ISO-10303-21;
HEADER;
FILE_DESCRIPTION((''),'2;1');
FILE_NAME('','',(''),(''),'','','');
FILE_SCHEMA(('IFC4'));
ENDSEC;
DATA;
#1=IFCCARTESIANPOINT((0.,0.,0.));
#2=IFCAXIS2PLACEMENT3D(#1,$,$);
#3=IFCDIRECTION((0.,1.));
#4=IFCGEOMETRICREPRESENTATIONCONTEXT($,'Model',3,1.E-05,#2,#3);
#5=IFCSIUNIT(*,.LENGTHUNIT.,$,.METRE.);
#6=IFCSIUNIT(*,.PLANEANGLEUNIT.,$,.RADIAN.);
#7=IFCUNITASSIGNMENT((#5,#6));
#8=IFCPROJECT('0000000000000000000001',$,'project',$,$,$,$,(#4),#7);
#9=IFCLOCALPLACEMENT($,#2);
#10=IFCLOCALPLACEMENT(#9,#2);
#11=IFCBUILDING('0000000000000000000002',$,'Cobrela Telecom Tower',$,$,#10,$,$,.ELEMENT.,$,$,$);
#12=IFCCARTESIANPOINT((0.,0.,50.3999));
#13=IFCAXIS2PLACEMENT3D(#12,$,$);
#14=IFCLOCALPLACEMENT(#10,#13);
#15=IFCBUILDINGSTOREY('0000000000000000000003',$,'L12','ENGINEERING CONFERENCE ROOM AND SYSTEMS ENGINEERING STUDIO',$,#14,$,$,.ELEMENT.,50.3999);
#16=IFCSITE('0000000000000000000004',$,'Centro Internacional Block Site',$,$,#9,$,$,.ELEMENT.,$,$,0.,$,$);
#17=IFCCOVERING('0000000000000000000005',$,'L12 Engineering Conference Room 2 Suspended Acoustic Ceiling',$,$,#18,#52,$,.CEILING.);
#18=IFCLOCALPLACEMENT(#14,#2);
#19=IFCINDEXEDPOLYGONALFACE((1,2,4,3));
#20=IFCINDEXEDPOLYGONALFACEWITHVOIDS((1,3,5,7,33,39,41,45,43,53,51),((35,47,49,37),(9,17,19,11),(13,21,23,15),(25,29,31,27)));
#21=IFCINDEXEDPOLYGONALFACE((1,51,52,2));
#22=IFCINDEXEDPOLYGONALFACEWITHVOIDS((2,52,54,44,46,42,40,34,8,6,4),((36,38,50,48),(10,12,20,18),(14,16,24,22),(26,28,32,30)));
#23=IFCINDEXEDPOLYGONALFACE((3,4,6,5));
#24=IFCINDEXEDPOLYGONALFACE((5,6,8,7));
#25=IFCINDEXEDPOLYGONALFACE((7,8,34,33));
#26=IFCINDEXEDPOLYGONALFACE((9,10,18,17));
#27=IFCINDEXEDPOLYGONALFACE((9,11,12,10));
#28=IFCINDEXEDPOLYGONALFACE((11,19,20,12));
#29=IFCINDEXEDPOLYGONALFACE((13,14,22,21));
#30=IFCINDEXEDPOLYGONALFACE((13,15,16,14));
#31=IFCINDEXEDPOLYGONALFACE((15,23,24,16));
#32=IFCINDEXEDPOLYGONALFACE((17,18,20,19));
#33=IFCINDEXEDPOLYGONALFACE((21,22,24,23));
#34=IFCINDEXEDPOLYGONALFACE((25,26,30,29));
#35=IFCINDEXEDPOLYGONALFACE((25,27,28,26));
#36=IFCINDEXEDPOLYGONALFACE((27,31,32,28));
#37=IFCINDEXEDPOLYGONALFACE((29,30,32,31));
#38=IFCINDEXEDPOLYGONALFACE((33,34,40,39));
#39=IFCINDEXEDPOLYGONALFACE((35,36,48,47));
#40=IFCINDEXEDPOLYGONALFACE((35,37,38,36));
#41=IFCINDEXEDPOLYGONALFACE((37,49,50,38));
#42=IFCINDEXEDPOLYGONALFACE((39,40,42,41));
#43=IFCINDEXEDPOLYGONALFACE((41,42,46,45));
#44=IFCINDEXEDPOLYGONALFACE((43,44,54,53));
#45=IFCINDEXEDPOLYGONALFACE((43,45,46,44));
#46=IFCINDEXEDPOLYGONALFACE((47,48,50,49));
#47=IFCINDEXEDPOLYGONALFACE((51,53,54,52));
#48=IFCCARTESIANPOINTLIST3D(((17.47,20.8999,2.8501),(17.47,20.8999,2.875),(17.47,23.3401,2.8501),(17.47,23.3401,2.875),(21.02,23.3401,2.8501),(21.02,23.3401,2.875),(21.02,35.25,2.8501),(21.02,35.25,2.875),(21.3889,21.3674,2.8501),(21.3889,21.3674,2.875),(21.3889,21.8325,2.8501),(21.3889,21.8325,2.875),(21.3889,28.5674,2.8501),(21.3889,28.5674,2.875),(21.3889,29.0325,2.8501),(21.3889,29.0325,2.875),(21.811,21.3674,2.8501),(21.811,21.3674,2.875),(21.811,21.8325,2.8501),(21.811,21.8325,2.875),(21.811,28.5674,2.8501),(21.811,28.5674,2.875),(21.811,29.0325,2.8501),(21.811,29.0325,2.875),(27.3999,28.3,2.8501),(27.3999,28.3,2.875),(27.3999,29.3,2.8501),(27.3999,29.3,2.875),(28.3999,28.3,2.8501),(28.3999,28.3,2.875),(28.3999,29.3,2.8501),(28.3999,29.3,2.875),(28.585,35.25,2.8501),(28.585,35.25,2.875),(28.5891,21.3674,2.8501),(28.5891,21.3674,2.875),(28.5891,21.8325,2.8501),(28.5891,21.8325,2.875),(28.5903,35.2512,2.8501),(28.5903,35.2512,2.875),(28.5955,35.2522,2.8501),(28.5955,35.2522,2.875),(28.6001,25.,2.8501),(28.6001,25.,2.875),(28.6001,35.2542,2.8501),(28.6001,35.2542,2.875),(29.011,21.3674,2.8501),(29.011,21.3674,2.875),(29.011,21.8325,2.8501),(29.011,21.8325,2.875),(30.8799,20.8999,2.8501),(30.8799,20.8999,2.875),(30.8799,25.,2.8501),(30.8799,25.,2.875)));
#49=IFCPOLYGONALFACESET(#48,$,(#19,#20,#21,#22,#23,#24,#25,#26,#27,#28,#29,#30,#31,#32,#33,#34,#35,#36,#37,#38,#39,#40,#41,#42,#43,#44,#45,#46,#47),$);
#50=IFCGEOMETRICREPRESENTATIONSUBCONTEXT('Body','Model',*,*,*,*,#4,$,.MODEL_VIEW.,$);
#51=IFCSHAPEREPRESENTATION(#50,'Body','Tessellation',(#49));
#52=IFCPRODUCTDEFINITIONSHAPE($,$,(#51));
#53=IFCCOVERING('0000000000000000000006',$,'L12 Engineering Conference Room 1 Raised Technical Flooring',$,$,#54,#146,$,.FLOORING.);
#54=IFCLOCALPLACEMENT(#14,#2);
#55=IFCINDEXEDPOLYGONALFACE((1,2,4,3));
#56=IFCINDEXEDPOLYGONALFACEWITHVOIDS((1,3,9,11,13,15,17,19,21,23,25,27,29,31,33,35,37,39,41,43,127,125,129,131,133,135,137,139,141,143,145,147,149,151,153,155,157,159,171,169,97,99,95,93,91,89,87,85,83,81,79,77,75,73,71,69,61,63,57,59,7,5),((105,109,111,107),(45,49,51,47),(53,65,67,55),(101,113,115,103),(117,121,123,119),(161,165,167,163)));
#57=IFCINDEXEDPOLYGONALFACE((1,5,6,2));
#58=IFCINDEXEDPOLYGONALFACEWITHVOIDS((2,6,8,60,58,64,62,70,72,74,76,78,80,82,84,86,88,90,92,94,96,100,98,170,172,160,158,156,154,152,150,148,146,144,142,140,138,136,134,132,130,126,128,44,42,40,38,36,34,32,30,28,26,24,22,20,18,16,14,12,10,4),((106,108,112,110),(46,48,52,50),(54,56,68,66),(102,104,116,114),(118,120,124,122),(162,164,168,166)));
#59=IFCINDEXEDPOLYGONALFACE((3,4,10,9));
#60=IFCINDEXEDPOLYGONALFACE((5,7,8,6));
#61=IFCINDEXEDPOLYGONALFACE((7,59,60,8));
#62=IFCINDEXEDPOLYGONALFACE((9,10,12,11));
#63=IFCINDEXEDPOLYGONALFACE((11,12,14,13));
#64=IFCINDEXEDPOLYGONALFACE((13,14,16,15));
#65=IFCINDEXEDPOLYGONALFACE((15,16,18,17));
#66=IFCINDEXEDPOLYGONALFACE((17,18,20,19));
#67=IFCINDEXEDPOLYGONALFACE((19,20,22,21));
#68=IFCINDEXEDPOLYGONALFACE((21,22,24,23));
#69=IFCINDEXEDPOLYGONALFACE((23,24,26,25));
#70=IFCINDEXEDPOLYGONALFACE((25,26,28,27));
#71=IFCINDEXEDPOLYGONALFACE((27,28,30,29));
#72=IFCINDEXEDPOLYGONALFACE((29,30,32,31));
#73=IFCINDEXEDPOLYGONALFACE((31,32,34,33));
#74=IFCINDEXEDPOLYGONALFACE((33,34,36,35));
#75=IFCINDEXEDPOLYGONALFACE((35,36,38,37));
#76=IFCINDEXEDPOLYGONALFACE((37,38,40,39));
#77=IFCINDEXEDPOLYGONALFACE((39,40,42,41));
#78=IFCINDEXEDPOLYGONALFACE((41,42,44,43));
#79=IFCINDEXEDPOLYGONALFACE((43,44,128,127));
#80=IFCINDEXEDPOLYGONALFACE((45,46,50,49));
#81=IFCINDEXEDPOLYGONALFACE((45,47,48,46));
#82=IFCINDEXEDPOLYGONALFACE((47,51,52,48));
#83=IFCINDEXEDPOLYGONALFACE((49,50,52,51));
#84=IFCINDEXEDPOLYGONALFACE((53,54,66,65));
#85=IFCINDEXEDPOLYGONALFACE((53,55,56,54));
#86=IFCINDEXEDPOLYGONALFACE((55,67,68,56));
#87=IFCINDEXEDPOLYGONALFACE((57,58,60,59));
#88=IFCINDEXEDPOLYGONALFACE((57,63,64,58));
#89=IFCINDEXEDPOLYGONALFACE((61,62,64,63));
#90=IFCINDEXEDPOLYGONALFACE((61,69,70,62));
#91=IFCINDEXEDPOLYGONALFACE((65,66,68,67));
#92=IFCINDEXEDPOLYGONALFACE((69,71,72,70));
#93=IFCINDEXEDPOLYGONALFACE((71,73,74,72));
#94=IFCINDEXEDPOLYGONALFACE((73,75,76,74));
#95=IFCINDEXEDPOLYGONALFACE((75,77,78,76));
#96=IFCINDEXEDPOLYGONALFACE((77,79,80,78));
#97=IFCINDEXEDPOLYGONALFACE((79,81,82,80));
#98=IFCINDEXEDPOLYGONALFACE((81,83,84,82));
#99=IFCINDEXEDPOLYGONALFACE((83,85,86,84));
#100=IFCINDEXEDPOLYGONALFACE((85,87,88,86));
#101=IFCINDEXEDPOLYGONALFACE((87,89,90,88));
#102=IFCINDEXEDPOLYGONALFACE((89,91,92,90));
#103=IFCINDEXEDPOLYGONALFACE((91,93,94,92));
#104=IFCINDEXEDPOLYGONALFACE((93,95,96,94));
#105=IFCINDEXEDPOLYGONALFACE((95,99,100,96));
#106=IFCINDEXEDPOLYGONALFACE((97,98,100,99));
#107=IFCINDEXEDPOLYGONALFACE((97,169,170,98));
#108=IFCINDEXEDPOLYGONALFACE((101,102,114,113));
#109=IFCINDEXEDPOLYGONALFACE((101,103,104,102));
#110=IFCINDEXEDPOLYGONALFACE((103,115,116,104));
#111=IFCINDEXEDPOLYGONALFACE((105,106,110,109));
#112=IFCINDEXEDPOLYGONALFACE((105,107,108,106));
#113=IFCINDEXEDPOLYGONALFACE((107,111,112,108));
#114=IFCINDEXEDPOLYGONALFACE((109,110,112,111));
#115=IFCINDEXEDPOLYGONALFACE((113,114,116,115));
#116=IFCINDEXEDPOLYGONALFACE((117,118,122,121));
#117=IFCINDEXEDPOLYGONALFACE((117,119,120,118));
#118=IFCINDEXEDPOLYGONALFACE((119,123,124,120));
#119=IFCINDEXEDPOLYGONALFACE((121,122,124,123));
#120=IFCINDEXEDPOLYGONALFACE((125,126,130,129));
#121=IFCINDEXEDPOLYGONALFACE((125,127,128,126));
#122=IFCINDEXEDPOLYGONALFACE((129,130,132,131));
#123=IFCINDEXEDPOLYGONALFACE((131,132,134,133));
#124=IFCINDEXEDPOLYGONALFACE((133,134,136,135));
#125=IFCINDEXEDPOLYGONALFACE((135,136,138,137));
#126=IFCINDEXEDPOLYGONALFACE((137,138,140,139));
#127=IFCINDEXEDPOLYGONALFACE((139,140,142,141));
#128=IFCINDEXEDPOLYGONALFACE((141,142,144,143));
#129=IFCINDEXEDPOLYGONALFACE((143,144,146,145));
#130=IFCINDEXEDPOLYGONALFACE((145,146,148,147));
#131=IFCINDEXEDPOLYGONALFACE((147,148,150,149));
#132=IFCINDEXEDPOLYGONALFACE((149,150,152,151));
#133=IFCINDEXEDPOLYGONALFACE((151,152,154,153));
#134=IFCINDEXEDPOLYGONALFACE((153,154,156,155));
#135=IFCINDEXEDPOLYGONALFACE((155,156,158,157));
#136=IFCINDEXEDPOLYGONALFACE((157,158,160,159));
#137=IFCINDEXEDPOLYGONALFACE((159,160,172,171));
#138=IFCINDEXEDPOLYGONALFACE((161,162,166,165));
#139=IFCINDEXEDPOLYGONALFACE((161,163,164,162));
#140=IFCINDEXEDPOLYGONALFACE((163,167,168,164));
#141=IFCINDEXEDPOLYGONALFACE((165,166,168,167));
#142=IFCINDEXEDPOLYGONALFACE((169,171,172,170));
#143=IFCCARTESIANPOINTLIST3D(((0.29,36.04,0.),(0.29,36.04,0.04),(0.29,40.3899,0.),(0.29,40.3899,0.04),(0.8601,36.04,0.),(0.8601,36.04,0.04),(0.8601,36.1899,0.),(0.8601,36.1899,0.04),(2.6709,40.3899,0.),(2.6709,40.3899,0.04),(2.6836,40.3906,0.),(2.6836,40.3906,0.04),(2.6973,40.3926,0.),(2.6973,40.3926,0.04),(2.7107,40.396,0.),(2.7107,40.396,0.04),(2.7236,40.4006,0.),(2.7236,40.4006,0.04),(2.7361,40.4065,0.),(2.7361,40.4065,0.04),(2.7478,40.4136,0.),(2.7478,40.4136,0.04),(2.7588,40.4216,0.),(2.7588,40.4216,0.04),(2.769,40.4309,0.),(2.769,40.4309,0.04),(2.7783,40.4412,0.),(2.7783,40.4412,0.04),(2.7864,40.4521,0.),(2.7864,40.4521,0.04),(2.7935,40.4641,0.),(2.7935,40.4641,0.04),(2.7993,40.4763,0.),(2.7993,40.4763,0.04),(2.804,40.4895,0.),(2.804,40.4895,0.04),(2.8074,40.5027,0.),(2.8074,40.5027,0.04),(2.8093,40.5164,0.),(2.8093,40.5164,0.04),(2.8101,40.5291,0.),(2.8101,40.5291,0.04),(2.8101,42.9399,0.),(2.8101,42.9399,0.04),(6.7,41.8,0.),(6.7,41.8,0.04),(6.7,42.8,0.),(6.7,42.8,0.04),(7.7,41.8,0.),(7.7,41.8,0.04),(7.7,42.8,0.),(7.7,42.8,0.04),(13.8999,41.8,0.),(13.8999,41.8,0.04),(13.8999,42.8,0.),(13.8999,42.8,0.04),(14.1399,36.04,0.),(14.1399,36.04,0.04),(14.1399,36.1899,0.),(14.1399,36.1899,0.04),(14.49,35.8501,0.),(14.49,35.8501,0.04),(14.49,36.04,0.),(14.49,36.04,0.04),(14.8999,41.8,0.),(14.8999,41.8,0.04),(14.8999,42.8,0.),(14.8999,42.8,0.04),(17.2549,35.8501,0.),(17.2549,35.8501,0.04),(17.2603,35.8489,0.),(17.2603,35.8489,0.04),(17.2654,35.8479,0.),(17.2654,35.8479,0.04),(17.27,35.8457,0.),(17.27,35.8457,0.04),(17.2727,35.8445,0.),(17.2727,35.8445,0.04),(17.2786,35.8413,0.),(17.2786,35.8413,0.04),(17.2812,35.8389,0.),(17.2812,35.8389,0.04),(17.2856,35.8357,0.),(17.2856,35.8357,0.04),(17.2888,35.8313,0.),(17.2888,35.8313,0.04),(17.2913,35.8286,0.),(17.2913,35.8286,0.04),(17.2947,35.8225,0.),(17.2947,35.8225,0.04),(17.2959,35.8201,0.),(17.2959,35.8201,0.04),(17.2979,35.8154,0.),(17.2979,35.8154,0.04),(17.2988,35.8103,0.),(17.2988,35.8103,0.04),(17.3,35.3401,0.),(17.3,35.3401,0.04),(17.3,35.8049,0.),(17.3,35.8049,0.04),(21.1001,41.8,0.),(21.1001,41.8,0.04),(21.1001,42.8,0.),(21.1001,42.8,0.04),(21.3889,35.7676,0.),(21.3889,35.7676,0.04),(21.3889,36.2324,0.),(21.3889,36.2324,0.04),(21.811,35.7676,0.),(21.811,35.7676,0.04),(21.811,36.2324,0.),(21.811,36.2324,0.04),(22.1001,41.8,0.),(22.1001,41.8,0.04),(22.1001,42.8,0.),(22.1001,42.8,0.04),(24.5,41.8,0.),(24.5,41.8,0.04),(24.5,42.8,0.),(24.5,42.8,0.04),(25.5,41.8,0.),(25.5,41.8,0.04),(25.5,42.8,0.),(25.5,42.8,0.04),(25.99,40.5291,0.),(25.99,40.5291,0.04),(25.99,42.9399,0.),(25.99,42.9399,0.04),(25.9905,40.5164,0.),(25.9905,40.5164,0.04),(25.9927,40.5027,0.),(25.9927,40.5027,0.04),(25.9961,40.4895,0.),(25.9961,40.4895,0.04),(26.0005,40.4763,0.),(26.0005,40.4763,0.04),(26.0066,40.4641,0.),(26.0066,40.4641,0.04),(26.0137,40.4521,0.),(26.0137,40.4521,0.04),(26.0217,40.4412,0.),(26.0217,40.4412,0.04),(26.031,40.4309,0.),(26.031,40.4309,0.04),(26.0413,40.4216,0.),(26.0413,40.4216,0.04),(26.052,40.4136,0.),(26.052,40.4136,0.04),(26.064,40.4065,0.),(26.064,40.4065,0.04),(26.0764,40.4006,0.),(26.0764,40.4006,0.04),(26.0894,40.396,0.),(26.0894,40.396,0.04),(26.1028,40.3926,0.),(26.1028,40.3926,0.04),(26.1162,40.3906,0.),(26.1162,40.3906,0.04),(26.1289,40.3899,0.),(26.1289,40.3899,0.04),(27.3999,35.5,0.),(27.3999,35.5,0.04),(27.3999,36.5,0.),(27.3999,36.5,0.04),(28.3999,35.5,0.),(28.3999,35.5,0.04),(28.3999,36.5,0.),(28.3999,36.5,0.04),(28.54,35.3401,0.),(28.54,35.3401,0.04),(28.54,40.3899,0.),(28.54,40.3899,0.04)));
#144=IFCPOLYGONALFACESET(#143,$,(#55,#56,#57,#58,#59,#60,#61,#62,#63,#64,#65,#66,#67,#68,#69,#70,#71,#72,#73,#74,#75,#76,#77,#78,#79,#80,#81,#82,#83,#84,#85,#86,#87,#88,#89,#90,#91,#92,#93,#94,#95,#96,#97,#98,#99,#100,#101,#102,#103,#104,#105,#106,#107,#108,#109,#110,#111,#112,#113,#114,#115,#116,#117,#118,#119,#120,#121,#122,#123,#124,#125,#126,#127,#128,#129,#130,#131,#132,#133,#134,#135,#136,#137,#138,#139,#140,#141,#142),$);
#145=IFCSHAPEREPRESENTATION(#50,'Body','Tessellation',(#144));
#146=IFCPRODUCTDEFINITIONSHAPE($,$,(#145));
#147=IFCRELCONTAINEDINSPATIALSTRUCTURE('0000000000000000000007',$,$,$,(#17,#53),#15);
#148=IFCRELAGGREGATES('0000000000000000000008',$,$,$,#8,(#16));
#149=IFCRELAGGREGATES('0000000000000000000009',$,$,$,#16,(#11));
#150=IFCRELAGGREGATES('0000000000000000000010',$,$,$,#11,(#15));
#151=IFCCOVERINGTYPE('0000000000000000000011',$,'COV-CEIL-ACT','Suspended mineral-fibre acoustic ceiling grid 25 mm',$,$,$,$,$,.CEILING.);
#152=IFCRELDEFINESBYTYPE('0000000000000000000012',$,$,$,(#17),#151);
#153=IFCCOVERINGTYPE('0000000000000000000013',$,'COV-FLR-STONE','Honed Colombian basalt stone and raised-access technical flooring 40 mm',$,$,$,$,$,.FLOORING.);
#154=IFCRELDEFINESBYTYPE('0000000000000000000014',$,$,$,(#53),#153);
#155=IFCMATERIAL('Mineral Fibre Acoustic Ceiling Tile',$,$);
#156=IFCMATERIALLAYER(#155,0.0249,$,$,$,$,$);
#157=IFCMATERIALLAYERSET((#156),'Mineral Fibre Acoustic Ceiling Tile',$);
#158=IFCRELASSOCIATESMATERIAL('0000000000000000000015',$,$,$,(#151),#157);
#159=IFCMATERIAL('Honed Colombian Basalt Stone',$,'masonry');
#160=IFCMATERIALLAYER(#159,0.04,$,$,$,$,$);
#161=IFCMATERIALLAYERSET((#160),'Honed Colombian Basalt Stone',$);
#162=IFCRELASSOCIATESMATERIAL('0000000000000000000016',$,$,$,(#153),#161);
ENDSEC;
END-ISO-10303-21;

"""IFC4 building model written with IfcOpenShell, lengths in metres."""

from ifc_helpers import new_model, si_unit, direction, frame, origin, place, context, subcontext, project, spatial, polyline, outline, extrude, material, layer, layer_set, type_object, element, save


model = new_model("IFC4")

# Units and contexts
model_context = context("Model", 3, precision=1e-05, world=origin(), true_north=direction((0.0, 1.0)))
body_context = subcontext(model_context, "Body", "Model", "MODEL_VIEW")
ifc_project = project(units=[si_unit("LENGTHUNIT", "METRE"), si_unit("PLANEANGLEUNIT", "RADIAN")], contexts=[model_context])

# Site, building, storey
site_placement = place(None, origin())
site = spatial("IfcSite", under=ifc_project, at=site_placement, Name="Centro Internacional Block Site", CompositionType="ELEMENT", RefElevation=0.0)
building_placement = place(site_placement, origin())
building = spatial("IfcBuilding", under=site, at=building_placement, Name="Cobrela Telecom Tower", CompositionType="ELEMENT")
storey_placement = place(building_placement, frame((0.0, 0.0, 50.3999)))
storey = spatial("IfcBuildingStorey", under=building, at=storey_placement, Name="L12", Description="ENGINEERING CONFERENCE ROOM AND SYSTEMS ENGINEERING STUDIO", CompositionType="ELEMENT", Elevation=50.3999)

# Coverings
ifc_material_1 = material(Name="Mineral Fibre Acoustic Ceiling Tile")
ifc_layer_1 = layer(ifc_material_1, 0.0249)
ifc_layer_set_1 = layer_set([ifc_layer_1], Name="Mineral Fibre Acoustic Ceiling Tile")
covering_type_1 = type_object("IfcCoveringType", Name="COV-CEIL-ACT", Description="Suspended mineral-fibre acoustic ceiling grid 25 mm", PredefinedType="CEILING", material=ifc_layer_set_1)
covering_1_placement = place(storey_placement, frame((0.0, 0.0, 2.8501)))
element("IfcCovering", 1, at=covering_1_placement, inside=storey, type_object=covering_type_1, Name="L12 Engineering Conference Room 2 Suspended Acoustic Ceiling", PredefinedType="CEILING", context=body_context, shape_type="SweptSolid", body=[
    extrude(outline(polyline([(21.02, 23.3401), (21.02, 35.25), (28.585, 35.25), (28.5903, 35.2512), (28.5955, 35.2522), (28.6001, 35.2542), (28.6001, 25.0), (30.8799, 25.0), (30.8799, 20.8999), (17.47, 20.8999), (17.47, 23.3401), (21.02, 23.3401)]), holes=[polyline([(21.811, 21.3674), (21.811, 21.8325), (21.3889, 21.8325), (21.3889, 21.3674), (21.811, 21.3674)]), polyline([(21.811, 29.0325), (21.3889, 29.0325), (21.3889, 28.5674), (21.811, 28.5674), (21.811, 29.0325)]), polyline([(28.3999, 28.3), (28.3999, 29.3), (27.3999, 29.3), (27.3999, 28.3), (28.3999, 28.3)]), polyline([(29.011, 21.3674), (29.011, 21.8325), (28.5891, 21.8325), (28.5891, 21.3674), (29.011, 21.3674)])]), origin(), (0.0, 0.0, 1.0), 0.0249),
])
ifc_material_2 = material(Name="Honed Colombian Basalt Stone", Category="masonry")
ifc_layer_2 = layer(ifc_material_2, 0.04)
ifc_layer_set_2 = layer_set([ifc_layer_2], Name="Honed Colombian Basalt Stone")
covering_type_2 = type_object("IfcCoveringType", Name="COV-FLR-STONE", Description="Honed Colombian basalt stone and raised-access technical flooring 40 mm", PredefinedType="FLOORING", material=ifc_layer_set_2)
covering_2_placement = place(storey_placement, origin())
element("IfcCovering", 2, at=covering_2_placement, inside=storey, type_object=covering_type_2, Name="L12 Engineering Conference Room 1 Raised Technical Flooring", PredefinedType="FLOORING", context=body_context, shape_type="SweptSolid", body=[
    extrude(outline(polyline([(14.1399, 36.1899), (0.8601, 36.1899), (0.8601, 36.04), (0.29, 36.04), (0.29, 40.3899), (2.6709, 40.3899), (2.6836, 40.3906), (2.6973, 40.3926), (2.7107, 40.396), (2.7236, 40.4006), (2.7361, 40.4065), (2.7478, 40.4136), (2.7588, 40.4216), (2.769, 40.4309), (2.7783, 40.4412), (2.7864, 40.4521), (2.7935, 40.4641), (2.7993, 40.4763), (2.804, 40.4895), (2.8074, 40.5027), (2.8093, 40.5164), (2.8101, 40.5291), (2.8101, 42.9399), (25.99, 42.9399), (25.99, 40.5291), (25.9905, 40.5164), (25.9927, 40.5027), (25.9961, 40.4895), (26.0005, 40.4763), (26.0066, 40.4641), (26.0137, 40.4521), (26.0217, 40.4412), (26.031, 40.4309), (26.0413, 40.4216), (26.052, 40.4136), (26.064, 40.4065), (26.0764, 40.4006), (26.0894, 40.396), (26.1028, 40.3926), (26.1162, 40.3906), (26.1289, 40.3899), (28.54, 40.3899), (28.54, 35.3401), (17.3, 35.3401), (17.3, 35.8049), (17.2988, 35.8103), (17.2979, 35.8154), (17.2959, 35.8201), (17.2947, 35.8225), (17.2913, 35.8286), (17.2888, 35.8313), (17.2856, 35.8357), (17.2812, 35.8389), (17.2786, 35.8413), (17.2727, 35.8445), (17.27, 35.8457), (17.2654, 35.8479), (17.2603, 35.8489), (17.2549, 35.8501), (14.49, 35.8501), (14.49, 36.04), (14.1399, 36.04), (14.1399, 36.1899)]), holes=[polyline([(21.811, 35.7676), (21.811, 36.2324), (21.3889, 36.2324), (21.3889, 35.7676), (21.811, 35.7676)]), polyline([(28.3999, 35.5), (28.3999, 36.5), (27.3999, 36.5), (27.3999, 35.5), (28.3999, 35.5)]), polyline([(7.7, 41.8), (7.7, 42.8), (6.7, 42.8), (6.7, 41.8), (7.7, 41.8)]), polyline([(14.8999, 41.8), (14.8999, 42.8), (13.8999, 42.8), (13.8999, 41.8), (14.8999, 41.8)]), polyline([(22.1001, 41.8), (22.1001, 42.8), (21.1001, 42.8), (21.1001, 41.8), (22.1001, 41.8)]), polyline([(25.5, 42.8), (24.5, 42.8), (24.5, 41.8), (25.5, 41.8), (25.5, 42.8)])]), origin(), (0.0, 0.0, 1.0), 0.04),
])

save(model, "model.ifc")
